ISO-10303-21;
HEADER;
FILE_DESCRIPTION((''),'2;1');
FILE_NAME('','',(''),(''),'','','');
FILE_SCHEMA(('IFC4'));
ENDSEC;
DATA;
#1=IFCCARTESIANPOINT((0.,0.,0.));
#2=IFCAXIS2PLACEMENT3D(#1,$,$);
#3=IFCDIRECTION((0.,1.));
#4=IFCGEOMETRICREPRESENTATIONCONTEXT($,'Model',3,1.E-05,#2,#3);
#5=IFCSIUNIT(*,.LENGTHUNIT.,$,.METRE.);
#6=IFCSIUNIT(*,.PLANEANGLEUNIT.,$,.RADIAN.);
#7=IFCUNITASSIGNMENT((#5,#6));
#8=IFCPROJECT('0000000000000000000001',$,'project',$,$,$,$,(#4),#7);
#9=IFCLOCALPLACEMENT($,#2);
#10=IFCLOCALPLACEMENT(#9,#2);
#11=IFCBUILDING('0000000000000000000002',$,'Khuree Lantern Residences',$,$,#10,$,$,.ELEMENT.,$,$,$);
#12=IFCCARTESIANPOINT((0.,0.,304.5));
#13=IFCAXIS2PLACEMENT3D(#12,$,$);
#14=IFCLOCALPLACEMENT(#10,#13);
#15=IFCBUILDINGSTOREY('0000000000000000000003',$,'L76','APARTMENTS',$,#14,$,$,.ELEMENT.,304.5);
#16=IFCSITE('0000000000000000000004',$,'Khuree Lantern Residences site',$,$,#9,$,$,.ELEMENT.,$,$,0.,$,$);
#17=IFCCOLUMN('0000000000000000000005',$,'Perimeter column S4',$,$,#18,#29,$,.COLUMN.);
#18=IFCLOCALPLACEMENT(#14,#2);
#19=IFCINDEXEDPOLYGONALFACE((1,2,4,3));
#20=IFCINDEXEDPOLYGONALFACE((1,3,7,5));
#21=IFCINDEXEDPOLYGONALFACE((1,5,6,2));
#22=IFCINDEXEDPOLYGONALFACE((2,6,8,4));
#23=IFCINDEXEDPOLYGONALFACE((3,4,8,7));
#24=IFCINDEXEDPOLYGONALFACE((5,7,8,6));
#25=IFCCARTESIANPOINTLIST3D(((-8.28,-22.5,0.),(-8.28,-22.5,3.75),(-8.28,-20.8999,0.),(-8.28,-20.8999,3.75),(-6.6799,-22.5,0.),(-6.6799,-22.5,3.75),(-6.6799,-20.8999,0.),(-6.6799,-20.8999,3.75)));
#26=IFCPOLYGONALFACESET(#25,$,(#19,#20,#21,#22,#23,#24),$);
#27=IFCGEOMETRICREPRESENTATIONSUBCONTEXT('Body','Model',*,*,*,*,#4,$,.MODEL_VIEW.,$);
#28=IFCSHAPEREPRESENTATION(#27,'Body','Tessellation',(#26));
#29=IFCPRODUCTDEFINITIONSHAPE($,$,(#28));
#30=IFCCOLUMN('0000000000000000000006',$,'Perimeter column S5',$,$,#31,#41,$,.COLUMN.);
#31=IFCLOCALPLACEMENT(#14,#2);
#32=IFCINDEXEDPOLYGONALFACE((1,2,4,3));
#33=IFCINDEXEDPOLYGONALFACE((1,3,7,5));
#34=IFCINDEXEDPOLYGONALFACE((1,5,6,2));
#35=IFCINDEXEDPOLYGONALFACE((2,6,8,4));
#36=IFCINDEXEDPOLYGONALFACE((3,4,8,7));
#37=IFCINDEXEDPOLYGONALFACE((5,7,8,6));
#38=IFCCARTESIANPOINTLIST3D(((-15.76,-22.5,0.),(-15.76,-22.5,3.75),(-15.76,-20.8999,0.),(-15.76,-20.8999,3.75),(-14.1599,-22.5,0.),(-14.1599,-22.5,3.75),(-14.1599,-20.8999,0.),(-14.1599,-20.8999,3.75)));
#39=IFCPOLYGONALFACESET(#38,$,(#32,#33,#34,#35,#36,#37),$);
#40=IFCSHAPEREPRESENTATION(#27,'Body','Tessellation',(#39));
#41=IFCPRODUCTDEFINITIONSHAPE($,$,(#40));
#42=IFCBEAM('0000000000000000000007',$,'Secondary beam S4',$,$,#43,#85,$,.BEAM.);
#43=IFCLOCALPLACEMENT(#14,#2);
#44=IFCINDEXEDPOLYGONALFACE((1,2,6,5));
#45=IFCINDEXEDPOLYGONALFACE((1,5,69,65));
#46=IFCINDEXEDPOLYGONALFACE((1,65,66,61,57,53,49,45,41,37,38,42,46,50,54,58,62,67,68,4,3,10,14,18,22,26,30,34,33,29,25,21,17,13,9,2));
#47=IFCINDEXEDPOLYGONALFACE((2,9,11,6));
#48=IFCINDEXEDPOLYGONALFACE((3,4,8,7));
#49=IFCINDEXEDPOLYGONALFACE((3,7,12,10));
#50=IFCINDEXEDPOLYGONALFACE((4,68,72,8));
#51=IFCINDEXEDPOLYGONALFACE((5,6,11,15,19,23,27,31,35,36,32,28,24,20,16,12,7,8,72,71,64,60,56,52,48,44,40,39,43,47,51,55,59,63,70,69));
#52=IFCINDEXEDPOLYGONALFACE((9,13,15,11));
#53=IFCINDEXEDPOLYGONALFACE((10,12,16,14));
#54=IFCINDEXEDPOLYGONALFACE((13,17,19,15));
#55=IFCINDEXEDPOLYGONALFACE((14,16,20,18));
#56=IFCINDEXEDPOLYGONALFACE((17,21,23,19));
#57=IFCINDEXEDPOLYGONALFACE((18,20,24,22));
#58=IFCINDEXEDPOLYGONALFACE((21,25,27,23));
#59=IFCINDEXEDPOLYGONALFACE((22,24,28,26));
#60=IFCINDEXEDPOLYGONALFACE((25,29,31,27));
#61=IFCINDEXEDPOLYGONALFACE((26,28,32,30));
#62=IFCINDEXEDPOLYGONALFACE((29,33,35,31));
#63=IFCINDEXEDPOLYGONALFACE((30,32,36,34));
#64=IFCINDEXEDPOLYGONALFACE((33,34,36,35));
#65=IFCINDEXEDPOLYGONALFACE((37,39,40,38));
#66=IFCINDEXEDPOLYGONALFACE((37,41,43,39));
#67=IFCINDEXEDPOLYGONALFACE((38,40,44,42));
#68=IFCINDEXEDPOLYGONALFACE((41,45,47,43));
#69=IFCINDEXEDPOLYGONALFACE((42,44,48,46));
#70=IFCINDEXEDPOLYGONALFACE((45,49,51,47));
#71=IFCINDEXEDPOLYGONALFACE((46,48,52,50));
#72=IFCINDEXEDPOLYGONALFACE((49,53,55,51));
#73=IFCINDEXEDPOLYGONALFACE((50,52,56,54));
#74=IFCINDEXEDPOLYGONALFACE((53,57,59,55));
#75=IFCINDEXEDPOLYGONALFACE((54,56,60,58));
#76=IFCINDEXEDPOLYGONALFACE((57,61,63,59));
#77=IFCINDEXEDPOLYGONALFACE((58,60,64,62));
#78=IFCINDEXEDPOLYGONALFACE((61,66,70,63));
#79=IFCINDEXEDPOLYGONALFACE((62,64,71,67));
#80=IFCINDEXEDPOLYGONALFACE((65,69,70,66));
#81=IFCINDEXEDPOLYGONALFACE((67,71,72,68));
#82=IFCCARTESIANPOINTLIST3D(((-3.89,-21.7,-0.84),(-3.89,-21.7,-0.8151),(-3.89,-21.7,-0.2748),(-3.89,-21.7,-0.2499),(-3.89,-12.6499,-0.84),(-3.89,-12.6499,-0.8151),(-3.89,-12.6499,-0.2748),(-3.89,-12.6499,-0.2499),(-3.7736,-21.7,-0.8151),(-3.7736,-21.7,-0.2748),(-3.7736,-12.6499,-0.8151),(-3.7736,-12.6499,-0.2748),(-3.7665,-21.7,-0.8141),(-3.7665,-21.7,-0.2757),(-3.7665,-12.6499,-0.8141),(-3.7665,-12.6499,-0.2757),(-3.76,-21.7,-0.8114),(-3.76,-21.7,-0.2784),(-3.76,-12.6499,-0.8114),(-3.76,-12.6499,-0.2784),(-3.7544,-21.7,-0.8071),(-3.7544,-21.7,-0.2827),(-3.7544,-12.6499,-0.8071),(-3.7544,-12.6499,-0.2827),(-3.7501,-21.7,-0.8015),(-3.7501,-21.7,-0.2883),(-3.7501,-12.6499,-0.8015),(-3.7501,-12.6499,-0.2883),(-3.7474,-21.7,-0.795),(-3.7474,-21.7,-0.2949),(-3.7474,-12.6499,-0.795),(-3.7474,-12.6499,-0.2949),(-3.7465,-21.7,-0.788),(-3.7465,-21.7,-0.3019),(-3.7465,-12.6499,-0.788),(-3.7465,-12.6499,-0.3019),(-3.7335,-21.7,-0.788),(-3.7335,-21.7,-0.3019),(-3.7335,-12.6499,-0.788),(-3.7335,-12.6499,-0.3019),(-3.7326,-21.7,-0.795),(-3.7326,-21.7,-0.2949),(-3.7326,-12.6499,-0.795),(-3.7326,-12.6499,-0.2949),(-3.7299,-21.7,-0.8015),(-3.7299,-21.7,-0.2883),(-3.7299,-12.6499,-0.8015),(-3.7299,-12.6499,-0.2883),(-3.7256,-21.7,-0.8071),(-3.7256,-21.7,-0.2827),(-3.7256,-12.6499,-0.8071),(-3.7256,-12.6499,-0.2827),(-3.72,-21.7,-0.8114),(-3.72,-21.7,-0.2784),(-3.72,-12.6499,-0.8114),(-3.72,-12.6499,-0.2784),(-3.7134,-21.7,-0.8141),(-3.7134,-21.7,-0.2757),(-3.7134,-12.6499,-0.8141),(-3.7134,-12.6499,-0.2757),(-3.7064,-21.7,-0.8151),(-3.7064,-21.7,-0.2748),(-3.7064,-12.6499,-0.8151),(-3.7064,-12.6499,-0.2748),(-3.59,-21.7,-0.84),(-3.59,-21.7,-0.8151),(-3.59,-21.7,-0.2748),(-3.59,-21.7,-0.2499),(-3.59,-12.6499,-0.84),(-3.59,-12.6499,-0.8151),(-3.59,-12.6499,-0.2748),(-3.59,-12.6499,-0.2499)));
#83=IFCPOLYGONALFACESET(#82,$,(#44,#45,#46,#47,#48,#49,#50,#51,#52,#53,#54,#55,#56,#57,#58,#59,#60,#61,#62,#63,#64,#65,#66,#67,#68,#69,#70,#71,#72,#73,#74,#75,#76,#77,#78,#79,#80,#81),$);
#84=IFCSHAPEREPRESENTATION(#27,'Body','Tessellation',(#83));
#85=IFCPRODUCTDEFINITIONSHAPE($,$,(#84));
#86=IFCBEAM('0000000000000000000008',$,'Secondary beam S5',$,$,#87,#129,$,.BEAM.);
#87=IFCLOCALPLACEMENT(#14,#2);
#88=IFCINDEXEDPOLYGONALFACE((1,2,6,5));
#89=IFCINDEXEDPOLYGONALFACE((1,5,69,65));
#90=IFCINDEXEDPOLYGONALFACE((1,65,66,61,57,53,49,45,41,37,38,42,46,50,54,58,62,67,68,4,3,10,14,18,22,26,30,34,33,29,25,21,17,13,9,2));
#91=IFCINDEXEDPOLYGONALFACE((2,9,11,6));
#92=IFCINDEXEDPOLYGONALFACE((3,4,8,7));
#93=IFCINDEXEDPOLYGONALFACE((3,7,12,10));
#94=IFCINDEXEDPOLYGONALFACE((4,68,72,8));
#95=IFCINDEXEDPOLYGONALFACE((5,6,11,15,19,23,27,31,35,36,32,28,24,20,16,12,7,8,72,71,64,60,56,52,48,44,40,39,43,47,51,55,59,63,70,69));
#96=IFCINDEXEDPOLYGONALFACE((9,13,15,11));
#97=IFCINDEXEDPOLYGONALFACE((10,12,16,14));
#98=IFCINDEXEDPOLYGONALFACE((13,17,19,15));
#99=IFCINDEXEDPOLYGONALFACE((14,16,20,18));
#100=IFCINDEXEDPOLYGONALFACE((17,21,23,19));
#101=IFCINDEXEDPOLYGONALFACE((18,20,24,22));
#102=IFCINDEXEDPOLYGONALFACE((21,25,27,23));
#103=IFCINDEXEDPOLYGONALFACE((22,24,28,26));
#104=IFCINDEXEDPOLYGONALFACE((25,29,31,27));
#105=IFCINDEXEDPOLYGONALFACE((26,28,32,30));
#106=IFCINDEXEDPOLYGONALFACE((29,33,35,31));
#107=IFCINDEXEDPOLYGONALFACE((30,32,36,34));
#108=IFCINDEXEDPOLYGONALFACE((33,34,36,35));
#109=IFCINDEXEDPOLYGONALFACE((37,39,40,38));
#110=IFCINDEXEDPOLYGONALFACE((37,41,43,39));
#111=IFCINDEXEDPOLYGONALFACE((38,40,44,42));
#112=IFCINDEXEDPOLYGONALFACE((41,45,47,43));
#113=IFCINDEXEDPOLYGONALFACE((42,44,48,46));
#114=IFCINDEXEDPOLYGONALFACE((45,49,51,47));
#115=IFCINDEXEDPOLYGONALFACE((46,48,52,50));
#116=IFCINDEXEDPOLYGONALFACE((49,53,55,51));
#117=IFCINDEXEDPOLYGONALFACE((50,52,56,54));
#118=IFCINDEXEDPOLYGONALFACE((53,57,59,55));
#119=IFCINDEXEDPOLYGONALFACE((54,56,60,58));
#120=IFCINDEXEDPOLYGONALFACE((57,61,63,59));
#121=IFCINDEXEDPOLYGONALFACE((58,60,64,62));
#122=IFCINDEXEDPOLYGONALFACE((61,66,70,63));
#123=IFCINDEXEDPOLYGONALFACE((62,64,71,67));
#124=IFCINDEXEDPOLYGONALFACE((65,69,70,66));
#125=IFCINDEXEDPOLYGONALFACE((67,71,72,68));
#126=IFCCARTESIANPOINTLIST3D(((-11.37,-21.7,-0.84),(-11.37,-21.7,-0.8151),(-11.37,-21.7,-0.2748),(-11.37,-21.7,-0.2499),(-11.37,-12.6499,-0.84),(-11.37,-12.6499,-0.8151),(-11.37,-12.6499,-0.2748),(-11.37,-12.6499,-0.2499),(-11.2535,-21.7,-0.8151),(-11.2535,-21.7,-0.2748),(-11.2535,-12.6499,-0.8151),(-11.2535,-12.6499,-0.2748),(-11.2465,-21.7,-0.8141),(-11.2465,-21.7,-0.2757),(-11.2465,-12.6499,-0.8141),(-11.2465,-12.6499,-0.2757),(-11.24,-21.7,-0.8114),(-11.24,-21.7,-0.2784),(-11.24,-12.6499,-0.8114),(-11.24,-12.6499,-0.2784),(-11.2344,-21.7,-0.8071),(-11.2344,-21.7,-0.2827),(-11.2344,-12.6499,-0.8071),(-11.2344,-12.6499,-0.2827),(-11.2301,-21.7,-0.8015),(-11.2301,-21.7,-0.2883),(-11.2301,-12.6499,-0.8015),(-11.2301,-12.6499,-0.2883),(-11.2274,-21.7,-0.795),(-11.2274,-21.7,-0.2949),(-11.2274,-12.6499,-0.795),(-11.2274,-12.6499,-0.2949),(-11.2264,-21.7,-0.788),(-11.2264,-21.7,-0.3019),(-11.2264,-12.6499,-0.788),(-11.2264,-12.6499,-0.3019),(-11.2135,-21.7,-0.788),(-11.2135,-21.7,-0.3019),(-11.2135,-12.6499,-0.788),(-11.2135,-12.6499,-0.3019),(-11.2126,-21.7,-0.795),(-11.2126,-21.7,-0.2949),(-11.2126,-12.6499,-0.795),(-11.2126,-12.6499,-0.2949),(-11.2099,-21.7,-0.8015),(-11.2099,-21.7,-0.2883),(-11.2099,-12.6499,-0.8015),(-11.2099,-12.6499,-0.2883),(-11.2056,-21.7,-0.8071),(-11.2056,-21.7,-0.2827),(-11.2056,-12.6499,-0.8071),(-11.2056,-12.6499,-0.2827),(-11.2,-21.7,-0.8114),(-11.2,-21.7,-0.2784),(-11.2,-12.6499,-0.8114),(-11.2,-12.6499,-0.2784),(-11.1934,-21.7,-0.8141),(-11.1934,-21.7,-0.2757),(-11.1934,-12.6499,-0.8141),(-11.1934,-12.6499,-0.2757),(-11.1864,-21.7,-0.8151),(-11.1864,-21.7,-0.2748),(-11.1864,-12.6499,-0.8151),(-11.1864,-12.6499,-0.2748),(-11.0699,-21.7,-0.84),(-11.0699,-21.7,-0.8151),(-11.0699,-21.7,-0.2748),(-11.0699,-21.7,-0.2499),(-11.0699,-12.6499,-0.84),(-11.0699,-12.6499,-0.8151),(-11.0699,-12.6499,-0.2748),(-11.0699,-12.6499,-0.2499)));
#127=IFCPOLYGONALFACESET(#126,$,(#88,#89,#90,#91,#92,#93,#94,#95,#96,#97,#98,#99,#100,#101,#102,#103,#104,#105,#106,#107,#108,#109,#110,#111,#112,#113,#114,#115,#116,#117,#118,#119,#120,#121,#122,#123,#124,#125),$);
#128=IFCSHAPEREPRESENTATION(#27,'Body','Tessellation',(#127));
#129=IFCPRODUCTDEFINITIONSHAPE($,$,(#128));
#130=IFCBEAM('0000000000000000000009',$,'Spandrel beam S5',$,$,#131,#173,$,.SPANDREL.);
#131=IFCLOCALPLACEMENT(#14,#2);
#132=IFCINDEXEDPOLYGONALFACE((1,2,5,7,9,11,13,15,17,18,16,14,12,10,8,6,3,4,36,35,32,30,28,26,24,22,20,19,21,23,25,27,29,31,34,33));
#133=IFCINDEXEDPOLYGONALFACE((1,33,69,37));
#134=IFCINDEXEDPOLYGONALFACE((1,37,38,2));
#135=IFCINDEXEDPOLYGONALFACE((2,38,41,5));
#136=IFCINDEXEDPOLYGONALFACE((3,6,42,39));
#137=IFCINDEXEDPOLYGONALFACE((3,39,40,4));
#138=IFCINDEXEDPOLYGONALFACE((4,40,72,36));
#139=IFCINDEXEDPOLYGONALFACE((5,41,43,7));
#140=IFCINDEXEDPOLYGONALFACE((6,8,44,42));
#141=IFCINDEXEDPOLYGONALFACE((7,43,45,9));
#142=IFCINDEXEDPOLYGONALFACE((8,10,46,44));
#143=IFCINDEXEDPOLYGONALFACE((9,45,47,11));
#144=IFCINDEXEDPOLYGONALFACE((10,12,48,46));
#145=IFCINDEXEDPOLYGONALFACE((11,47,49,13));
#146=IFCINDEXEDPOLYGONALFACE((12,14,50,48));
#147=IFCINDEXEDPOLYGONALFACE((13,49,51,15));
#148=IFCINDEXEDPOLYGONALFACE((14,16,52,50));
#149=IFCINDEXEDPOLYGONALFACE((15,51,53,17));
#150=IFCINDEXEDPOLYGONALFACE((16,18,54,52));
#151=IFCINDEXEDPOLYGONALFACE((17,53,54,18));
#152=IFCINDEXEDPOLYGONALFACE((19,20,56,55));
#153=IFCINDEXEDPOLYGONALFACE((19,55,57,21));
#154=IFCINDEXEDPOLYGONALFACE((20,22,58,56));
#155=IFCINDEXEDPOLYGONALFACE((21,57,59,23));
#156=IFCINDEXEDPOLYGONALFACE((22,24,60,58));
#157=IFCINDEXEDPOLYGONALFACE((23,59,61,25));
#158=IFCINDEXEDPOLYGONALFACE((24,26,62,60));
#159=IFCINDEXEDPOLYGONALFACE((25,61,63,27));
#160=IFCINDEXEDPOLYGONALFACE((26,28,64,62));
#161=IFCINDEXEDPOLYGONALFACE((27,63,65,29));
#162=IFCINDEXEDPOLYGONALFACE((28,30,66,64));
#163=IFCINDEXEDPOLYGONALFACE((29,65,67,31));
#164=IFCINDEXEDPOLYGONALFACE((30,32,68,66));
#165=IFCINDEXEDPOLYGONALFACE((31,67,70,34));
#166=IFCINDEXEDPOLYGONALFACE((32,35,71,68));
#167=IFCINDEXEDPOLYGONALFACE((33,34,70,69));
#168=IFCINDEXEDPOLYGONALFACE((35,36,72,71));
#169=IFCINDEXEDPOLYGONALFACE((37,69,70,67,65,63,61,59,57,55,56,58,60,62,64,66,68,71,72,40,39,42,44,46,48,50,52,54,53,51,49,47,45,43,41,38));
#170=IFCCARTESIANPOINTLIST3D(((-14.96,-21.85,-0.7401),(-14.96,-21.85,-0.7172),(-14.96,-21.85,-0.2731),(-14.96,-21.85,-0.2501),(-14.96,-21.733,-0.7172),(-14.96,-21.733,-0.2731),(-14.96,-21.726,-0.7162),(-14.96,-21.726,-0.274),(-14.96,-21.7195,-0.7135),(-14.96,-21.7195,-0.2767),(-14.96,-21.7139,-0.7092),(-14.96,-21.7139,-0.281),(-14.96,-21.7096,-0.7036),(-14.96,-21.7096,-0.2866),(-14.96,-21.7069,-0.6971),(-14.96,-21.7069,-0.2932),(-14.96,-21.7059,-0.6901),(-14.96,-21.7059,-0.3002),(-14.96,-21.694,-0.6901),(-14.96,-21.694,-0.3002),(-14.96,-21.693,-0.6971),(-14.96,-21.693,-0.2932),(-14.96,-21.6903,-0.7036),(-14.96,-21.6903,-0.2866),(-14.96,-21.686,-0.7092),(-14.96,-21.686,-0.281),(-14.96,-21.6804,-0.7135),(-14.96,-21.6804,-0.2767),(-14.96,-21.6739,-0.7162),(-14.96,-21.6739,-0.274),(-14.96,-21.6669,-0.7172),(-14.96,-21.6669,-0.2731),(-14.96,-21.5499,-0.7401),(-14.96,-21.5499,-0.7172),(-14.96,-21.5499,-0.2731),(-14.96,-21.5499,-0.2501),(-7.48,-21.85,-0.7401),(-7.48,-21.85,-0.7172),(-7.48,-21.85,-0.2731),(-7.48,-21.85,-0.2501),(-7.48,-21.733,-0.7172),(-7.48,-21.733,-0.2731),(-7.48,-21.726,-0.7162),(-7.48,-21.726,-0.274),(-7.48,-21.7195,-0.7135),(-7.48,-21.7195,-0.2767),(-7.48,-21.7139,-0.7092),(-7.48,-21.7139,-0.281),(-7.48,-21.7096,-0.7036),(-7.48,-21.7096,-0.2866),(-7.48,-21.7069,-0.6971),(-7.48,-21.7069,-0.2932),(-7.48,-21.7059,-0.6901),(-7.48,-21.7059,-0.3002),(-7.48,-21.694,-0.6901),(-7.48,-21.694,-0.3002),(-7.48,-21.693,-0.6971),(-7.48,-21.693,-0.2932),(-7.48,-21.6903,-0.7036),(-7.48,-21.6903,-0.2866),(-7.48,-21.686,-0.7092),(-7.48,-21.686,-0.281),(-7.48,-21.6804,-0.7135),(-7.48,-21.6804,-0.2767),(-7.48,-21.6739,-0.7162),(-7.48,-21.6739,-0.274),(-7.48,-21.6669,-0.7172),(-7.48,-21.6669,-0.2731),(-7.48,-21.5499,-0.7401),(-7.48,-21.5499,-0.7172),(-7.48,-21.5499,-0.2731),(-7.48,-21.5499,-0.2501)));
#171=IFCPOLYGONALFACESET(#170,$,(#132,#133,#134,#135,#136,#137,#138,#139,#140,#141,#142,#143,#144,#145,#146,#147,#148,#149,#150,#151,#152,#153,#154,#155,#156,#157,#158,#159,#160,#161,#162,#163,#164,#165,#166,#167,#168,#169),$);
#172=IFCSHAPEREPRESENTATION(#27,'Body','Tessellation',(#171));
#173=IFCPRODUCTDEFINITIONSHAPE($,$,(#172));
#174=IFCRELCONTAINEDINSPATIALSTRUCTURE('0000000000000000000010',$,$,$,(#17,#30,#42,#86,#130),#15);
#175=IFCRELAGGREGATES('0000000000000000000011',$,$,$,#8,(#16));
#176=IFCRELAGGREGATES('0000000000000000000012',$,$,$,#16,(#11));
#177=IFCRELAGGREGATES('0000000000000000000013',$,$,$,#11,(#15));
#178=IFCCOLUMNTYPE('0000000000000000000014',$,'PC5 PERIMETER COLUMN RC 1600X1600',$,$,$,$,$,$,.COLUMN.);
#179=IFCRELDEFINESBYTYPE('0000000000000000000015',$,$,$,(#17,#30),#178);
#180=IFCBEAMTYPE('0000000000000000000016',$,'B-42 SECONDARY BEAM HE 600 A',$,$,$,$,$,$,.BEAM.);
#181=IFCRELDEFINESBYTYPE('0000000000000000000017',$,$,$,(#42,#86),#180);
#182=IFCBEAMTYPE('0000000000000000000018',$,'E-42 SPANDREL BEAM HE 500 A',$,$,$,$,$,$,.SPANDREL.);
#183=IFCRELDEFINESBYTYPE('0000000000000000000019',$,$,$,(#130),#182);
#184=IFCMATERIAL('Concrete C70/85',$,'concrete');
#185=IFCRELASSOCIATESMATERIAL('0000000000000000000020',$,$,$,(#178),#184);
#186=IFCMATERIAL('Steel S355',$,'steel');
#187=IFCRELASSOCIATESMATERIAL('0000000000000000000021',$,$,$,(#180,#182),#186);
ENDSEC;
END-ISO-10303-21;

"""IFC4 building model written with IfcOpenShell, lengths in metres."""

from ifc_helpers import new_model, si_unit, direction, frame, origin, origin_2d, place, context, subcontext, project, spatial, rectangle, i_section, extrude, material, material_profile, profile_set, type_object, element, save


model = new_model("IFC4")

# Units and contexts
model_context = context("Model", 3, precision=1e-05, world=origin(), true_north=direction((0.0, 1.0)))
body_context = subcontext(model_context, "Body", "Model", "MODEL_VIEW")
ifc_project = project(units=[si_unit("LENGTHUNIT", "METRE"), si_unit("PLANEANGLEUNIT", "RADIAN")], contexts=[model_context])

# Site, building, storey
site_placement = place(None, origin())
site = spatial("IfcSite", under=ifc_project, at=site_placement, Name="Khuree Lantern Residences site", CompositionType="ELEMENT", RefElevation=0.0)
building_placement = place(site_placement, origin())
building = spatial("IfcBuilding", under=site, at=building_placement, Name="Khuree Lantern Residences", CompositionType="ELEMENT")
storey_placement = place(building_placement, frame((0.0, 0.0, 304.5)))
storey = spatial("IfcBuildingStorey", under=building, at=storey_placement, Name="L76", Description="APARTMENTS", CompositionType="ELEMENT", Elevation=304.5)

# Columns
ifc_material_1 = material(Name="Concrete C70/85", Category="concrete")
ifc_material_profile_1 = material_profile(ifc_material_1, rectangle(XDim=1.6001, YDim=1.6001, at=origin_2d()), Name="RC 1600X1600")
ifc_profile_set_1 = profile_set([ifc_material_profile_1], Name="Concrete C70/85")
column_type = type_object("IfcColumnType", Name="PC5 PERIMETER COLUMN RC 1600X1600", PredefinedType="COLUMN", material=ifc_profile_set_1)
for number, where, z_axis, x_axis, name in (
    (1, (-7.48, -21.7, 0.0), (0.0, 0.0, 1.0), (1.0, 0.0, 0.0), "Perimeter column S4"),
    (2, (-14.96, -21.7, 0.0), (0.0, 0.0, 1.0), (1.0, 0.0, 0.0), "Perimeter column S5"),
):
    element("IfcColumn", number, at=place(storey_placement, frame(where, z_axis=z_axis, x_axis=x_axis)), inside=storey, type_object=column_type, Name=name, PredefinedType="COLUMN", context=body_context, shape_type="SweptSolid", body=[
        extrude(rectangle(XDim=1.6001, YDim=1.6001, at=origin_2d()), origin(), (0.0, 0.0, 1.0), 3.75),
    ])

# Beams
ifc_material_2 = material(Name="Steel S355", Category="steel")
ifc_material_profile_2 = material_profile(ifc_material_2, i_section(OverallWidth=0.3, OverallDepth=0.5901, WebThickness=0.0129, FlangeThickness=0.0249, FilletRadius=0.0271, at=origin_2d()), Name="HE 600 A")
ifc_profile_set_2 = profile_set([ifc_material_profile_2], Name="Steel S355")
beam_type_1 = type_object("IfcBeamType", Name="B-42 SECONDARY BEAM HE 600 A", PredefinedType="BEAM", material=ifc_profile_set_2)
for number, where, z_axis, x_axis, name in (
    (3, (-3.74, -21.7, -0.5449), (0.0, 1.0, 0.0), (-1.0, 0.0, 0.0), "Secondary beam S4"),
    (4, (-11.22, -21.7, -0.5449), (0.0, 1.0, 0.0), (-1.0, 0.0, 0.0), "Secondary beam S5"),
):
    element("IfcBeam", number, at=place(storey_placement, frame(where, z_axis=z_axis, x_axis=x_axis)), inside=storey, type_object=beam_type_1, Name=name, PredefinedType="BEAM", context=body_context, shape_type="SweptSolid", body=[
        extrude(i_section(OverallWidth=0.3, OverallDepth=0.5901, WebThickness=0.0129, FlangeThickness=0.0249, FilletRadius=0.0271, at=origin_2d()), origin(), (0.0, 0.0, 1.0), 9.05),
    ])
ifc_material_profile_3 = material_profile(ifc_material_2, i_section(OverallWidth=0.3, OverallDepth=0.49, WebThickness=0.012, FlangeThickness=0.0229, FilletRadius=0.0271, at=origin_2d()), Name="HE 500 A")
ifc_profile_set_3 = profile_set([ifc_material_profile_3], Name="Steel S355")
beam_type_2 = type_object("IfcBeamType", Name="E-42 SPANDREL BEAM HE 500 A", PredefinedType="SPANDREL", material=ifc_profile_set_3)
beam_1_placement = place(storey_placement, frame((-7.48, -21.7, -0.4951), z_axis=(-1.0, 0.0, 0.0), x_axis=(0.0, -1.0, 0.0)))
element("IfcBeam", 5, at=beam_1_placement, inside=storey, type_object=beam_type_2, Name="Spandrel beam S5", PredefinedType="SPANDREL", context=body_context, shape_type="SweptSolid", body=[
    extrude(i_section(OverallWidth=0.3, OverallDepth=0.49, WebThickness=0.012, FlangeThickness=0.0229, FilletRadius=0.0271, at=origin_2d()), origin(), (0.0, 0.0, 1.0), 7.48),
])

save(model, "model.ifc")
